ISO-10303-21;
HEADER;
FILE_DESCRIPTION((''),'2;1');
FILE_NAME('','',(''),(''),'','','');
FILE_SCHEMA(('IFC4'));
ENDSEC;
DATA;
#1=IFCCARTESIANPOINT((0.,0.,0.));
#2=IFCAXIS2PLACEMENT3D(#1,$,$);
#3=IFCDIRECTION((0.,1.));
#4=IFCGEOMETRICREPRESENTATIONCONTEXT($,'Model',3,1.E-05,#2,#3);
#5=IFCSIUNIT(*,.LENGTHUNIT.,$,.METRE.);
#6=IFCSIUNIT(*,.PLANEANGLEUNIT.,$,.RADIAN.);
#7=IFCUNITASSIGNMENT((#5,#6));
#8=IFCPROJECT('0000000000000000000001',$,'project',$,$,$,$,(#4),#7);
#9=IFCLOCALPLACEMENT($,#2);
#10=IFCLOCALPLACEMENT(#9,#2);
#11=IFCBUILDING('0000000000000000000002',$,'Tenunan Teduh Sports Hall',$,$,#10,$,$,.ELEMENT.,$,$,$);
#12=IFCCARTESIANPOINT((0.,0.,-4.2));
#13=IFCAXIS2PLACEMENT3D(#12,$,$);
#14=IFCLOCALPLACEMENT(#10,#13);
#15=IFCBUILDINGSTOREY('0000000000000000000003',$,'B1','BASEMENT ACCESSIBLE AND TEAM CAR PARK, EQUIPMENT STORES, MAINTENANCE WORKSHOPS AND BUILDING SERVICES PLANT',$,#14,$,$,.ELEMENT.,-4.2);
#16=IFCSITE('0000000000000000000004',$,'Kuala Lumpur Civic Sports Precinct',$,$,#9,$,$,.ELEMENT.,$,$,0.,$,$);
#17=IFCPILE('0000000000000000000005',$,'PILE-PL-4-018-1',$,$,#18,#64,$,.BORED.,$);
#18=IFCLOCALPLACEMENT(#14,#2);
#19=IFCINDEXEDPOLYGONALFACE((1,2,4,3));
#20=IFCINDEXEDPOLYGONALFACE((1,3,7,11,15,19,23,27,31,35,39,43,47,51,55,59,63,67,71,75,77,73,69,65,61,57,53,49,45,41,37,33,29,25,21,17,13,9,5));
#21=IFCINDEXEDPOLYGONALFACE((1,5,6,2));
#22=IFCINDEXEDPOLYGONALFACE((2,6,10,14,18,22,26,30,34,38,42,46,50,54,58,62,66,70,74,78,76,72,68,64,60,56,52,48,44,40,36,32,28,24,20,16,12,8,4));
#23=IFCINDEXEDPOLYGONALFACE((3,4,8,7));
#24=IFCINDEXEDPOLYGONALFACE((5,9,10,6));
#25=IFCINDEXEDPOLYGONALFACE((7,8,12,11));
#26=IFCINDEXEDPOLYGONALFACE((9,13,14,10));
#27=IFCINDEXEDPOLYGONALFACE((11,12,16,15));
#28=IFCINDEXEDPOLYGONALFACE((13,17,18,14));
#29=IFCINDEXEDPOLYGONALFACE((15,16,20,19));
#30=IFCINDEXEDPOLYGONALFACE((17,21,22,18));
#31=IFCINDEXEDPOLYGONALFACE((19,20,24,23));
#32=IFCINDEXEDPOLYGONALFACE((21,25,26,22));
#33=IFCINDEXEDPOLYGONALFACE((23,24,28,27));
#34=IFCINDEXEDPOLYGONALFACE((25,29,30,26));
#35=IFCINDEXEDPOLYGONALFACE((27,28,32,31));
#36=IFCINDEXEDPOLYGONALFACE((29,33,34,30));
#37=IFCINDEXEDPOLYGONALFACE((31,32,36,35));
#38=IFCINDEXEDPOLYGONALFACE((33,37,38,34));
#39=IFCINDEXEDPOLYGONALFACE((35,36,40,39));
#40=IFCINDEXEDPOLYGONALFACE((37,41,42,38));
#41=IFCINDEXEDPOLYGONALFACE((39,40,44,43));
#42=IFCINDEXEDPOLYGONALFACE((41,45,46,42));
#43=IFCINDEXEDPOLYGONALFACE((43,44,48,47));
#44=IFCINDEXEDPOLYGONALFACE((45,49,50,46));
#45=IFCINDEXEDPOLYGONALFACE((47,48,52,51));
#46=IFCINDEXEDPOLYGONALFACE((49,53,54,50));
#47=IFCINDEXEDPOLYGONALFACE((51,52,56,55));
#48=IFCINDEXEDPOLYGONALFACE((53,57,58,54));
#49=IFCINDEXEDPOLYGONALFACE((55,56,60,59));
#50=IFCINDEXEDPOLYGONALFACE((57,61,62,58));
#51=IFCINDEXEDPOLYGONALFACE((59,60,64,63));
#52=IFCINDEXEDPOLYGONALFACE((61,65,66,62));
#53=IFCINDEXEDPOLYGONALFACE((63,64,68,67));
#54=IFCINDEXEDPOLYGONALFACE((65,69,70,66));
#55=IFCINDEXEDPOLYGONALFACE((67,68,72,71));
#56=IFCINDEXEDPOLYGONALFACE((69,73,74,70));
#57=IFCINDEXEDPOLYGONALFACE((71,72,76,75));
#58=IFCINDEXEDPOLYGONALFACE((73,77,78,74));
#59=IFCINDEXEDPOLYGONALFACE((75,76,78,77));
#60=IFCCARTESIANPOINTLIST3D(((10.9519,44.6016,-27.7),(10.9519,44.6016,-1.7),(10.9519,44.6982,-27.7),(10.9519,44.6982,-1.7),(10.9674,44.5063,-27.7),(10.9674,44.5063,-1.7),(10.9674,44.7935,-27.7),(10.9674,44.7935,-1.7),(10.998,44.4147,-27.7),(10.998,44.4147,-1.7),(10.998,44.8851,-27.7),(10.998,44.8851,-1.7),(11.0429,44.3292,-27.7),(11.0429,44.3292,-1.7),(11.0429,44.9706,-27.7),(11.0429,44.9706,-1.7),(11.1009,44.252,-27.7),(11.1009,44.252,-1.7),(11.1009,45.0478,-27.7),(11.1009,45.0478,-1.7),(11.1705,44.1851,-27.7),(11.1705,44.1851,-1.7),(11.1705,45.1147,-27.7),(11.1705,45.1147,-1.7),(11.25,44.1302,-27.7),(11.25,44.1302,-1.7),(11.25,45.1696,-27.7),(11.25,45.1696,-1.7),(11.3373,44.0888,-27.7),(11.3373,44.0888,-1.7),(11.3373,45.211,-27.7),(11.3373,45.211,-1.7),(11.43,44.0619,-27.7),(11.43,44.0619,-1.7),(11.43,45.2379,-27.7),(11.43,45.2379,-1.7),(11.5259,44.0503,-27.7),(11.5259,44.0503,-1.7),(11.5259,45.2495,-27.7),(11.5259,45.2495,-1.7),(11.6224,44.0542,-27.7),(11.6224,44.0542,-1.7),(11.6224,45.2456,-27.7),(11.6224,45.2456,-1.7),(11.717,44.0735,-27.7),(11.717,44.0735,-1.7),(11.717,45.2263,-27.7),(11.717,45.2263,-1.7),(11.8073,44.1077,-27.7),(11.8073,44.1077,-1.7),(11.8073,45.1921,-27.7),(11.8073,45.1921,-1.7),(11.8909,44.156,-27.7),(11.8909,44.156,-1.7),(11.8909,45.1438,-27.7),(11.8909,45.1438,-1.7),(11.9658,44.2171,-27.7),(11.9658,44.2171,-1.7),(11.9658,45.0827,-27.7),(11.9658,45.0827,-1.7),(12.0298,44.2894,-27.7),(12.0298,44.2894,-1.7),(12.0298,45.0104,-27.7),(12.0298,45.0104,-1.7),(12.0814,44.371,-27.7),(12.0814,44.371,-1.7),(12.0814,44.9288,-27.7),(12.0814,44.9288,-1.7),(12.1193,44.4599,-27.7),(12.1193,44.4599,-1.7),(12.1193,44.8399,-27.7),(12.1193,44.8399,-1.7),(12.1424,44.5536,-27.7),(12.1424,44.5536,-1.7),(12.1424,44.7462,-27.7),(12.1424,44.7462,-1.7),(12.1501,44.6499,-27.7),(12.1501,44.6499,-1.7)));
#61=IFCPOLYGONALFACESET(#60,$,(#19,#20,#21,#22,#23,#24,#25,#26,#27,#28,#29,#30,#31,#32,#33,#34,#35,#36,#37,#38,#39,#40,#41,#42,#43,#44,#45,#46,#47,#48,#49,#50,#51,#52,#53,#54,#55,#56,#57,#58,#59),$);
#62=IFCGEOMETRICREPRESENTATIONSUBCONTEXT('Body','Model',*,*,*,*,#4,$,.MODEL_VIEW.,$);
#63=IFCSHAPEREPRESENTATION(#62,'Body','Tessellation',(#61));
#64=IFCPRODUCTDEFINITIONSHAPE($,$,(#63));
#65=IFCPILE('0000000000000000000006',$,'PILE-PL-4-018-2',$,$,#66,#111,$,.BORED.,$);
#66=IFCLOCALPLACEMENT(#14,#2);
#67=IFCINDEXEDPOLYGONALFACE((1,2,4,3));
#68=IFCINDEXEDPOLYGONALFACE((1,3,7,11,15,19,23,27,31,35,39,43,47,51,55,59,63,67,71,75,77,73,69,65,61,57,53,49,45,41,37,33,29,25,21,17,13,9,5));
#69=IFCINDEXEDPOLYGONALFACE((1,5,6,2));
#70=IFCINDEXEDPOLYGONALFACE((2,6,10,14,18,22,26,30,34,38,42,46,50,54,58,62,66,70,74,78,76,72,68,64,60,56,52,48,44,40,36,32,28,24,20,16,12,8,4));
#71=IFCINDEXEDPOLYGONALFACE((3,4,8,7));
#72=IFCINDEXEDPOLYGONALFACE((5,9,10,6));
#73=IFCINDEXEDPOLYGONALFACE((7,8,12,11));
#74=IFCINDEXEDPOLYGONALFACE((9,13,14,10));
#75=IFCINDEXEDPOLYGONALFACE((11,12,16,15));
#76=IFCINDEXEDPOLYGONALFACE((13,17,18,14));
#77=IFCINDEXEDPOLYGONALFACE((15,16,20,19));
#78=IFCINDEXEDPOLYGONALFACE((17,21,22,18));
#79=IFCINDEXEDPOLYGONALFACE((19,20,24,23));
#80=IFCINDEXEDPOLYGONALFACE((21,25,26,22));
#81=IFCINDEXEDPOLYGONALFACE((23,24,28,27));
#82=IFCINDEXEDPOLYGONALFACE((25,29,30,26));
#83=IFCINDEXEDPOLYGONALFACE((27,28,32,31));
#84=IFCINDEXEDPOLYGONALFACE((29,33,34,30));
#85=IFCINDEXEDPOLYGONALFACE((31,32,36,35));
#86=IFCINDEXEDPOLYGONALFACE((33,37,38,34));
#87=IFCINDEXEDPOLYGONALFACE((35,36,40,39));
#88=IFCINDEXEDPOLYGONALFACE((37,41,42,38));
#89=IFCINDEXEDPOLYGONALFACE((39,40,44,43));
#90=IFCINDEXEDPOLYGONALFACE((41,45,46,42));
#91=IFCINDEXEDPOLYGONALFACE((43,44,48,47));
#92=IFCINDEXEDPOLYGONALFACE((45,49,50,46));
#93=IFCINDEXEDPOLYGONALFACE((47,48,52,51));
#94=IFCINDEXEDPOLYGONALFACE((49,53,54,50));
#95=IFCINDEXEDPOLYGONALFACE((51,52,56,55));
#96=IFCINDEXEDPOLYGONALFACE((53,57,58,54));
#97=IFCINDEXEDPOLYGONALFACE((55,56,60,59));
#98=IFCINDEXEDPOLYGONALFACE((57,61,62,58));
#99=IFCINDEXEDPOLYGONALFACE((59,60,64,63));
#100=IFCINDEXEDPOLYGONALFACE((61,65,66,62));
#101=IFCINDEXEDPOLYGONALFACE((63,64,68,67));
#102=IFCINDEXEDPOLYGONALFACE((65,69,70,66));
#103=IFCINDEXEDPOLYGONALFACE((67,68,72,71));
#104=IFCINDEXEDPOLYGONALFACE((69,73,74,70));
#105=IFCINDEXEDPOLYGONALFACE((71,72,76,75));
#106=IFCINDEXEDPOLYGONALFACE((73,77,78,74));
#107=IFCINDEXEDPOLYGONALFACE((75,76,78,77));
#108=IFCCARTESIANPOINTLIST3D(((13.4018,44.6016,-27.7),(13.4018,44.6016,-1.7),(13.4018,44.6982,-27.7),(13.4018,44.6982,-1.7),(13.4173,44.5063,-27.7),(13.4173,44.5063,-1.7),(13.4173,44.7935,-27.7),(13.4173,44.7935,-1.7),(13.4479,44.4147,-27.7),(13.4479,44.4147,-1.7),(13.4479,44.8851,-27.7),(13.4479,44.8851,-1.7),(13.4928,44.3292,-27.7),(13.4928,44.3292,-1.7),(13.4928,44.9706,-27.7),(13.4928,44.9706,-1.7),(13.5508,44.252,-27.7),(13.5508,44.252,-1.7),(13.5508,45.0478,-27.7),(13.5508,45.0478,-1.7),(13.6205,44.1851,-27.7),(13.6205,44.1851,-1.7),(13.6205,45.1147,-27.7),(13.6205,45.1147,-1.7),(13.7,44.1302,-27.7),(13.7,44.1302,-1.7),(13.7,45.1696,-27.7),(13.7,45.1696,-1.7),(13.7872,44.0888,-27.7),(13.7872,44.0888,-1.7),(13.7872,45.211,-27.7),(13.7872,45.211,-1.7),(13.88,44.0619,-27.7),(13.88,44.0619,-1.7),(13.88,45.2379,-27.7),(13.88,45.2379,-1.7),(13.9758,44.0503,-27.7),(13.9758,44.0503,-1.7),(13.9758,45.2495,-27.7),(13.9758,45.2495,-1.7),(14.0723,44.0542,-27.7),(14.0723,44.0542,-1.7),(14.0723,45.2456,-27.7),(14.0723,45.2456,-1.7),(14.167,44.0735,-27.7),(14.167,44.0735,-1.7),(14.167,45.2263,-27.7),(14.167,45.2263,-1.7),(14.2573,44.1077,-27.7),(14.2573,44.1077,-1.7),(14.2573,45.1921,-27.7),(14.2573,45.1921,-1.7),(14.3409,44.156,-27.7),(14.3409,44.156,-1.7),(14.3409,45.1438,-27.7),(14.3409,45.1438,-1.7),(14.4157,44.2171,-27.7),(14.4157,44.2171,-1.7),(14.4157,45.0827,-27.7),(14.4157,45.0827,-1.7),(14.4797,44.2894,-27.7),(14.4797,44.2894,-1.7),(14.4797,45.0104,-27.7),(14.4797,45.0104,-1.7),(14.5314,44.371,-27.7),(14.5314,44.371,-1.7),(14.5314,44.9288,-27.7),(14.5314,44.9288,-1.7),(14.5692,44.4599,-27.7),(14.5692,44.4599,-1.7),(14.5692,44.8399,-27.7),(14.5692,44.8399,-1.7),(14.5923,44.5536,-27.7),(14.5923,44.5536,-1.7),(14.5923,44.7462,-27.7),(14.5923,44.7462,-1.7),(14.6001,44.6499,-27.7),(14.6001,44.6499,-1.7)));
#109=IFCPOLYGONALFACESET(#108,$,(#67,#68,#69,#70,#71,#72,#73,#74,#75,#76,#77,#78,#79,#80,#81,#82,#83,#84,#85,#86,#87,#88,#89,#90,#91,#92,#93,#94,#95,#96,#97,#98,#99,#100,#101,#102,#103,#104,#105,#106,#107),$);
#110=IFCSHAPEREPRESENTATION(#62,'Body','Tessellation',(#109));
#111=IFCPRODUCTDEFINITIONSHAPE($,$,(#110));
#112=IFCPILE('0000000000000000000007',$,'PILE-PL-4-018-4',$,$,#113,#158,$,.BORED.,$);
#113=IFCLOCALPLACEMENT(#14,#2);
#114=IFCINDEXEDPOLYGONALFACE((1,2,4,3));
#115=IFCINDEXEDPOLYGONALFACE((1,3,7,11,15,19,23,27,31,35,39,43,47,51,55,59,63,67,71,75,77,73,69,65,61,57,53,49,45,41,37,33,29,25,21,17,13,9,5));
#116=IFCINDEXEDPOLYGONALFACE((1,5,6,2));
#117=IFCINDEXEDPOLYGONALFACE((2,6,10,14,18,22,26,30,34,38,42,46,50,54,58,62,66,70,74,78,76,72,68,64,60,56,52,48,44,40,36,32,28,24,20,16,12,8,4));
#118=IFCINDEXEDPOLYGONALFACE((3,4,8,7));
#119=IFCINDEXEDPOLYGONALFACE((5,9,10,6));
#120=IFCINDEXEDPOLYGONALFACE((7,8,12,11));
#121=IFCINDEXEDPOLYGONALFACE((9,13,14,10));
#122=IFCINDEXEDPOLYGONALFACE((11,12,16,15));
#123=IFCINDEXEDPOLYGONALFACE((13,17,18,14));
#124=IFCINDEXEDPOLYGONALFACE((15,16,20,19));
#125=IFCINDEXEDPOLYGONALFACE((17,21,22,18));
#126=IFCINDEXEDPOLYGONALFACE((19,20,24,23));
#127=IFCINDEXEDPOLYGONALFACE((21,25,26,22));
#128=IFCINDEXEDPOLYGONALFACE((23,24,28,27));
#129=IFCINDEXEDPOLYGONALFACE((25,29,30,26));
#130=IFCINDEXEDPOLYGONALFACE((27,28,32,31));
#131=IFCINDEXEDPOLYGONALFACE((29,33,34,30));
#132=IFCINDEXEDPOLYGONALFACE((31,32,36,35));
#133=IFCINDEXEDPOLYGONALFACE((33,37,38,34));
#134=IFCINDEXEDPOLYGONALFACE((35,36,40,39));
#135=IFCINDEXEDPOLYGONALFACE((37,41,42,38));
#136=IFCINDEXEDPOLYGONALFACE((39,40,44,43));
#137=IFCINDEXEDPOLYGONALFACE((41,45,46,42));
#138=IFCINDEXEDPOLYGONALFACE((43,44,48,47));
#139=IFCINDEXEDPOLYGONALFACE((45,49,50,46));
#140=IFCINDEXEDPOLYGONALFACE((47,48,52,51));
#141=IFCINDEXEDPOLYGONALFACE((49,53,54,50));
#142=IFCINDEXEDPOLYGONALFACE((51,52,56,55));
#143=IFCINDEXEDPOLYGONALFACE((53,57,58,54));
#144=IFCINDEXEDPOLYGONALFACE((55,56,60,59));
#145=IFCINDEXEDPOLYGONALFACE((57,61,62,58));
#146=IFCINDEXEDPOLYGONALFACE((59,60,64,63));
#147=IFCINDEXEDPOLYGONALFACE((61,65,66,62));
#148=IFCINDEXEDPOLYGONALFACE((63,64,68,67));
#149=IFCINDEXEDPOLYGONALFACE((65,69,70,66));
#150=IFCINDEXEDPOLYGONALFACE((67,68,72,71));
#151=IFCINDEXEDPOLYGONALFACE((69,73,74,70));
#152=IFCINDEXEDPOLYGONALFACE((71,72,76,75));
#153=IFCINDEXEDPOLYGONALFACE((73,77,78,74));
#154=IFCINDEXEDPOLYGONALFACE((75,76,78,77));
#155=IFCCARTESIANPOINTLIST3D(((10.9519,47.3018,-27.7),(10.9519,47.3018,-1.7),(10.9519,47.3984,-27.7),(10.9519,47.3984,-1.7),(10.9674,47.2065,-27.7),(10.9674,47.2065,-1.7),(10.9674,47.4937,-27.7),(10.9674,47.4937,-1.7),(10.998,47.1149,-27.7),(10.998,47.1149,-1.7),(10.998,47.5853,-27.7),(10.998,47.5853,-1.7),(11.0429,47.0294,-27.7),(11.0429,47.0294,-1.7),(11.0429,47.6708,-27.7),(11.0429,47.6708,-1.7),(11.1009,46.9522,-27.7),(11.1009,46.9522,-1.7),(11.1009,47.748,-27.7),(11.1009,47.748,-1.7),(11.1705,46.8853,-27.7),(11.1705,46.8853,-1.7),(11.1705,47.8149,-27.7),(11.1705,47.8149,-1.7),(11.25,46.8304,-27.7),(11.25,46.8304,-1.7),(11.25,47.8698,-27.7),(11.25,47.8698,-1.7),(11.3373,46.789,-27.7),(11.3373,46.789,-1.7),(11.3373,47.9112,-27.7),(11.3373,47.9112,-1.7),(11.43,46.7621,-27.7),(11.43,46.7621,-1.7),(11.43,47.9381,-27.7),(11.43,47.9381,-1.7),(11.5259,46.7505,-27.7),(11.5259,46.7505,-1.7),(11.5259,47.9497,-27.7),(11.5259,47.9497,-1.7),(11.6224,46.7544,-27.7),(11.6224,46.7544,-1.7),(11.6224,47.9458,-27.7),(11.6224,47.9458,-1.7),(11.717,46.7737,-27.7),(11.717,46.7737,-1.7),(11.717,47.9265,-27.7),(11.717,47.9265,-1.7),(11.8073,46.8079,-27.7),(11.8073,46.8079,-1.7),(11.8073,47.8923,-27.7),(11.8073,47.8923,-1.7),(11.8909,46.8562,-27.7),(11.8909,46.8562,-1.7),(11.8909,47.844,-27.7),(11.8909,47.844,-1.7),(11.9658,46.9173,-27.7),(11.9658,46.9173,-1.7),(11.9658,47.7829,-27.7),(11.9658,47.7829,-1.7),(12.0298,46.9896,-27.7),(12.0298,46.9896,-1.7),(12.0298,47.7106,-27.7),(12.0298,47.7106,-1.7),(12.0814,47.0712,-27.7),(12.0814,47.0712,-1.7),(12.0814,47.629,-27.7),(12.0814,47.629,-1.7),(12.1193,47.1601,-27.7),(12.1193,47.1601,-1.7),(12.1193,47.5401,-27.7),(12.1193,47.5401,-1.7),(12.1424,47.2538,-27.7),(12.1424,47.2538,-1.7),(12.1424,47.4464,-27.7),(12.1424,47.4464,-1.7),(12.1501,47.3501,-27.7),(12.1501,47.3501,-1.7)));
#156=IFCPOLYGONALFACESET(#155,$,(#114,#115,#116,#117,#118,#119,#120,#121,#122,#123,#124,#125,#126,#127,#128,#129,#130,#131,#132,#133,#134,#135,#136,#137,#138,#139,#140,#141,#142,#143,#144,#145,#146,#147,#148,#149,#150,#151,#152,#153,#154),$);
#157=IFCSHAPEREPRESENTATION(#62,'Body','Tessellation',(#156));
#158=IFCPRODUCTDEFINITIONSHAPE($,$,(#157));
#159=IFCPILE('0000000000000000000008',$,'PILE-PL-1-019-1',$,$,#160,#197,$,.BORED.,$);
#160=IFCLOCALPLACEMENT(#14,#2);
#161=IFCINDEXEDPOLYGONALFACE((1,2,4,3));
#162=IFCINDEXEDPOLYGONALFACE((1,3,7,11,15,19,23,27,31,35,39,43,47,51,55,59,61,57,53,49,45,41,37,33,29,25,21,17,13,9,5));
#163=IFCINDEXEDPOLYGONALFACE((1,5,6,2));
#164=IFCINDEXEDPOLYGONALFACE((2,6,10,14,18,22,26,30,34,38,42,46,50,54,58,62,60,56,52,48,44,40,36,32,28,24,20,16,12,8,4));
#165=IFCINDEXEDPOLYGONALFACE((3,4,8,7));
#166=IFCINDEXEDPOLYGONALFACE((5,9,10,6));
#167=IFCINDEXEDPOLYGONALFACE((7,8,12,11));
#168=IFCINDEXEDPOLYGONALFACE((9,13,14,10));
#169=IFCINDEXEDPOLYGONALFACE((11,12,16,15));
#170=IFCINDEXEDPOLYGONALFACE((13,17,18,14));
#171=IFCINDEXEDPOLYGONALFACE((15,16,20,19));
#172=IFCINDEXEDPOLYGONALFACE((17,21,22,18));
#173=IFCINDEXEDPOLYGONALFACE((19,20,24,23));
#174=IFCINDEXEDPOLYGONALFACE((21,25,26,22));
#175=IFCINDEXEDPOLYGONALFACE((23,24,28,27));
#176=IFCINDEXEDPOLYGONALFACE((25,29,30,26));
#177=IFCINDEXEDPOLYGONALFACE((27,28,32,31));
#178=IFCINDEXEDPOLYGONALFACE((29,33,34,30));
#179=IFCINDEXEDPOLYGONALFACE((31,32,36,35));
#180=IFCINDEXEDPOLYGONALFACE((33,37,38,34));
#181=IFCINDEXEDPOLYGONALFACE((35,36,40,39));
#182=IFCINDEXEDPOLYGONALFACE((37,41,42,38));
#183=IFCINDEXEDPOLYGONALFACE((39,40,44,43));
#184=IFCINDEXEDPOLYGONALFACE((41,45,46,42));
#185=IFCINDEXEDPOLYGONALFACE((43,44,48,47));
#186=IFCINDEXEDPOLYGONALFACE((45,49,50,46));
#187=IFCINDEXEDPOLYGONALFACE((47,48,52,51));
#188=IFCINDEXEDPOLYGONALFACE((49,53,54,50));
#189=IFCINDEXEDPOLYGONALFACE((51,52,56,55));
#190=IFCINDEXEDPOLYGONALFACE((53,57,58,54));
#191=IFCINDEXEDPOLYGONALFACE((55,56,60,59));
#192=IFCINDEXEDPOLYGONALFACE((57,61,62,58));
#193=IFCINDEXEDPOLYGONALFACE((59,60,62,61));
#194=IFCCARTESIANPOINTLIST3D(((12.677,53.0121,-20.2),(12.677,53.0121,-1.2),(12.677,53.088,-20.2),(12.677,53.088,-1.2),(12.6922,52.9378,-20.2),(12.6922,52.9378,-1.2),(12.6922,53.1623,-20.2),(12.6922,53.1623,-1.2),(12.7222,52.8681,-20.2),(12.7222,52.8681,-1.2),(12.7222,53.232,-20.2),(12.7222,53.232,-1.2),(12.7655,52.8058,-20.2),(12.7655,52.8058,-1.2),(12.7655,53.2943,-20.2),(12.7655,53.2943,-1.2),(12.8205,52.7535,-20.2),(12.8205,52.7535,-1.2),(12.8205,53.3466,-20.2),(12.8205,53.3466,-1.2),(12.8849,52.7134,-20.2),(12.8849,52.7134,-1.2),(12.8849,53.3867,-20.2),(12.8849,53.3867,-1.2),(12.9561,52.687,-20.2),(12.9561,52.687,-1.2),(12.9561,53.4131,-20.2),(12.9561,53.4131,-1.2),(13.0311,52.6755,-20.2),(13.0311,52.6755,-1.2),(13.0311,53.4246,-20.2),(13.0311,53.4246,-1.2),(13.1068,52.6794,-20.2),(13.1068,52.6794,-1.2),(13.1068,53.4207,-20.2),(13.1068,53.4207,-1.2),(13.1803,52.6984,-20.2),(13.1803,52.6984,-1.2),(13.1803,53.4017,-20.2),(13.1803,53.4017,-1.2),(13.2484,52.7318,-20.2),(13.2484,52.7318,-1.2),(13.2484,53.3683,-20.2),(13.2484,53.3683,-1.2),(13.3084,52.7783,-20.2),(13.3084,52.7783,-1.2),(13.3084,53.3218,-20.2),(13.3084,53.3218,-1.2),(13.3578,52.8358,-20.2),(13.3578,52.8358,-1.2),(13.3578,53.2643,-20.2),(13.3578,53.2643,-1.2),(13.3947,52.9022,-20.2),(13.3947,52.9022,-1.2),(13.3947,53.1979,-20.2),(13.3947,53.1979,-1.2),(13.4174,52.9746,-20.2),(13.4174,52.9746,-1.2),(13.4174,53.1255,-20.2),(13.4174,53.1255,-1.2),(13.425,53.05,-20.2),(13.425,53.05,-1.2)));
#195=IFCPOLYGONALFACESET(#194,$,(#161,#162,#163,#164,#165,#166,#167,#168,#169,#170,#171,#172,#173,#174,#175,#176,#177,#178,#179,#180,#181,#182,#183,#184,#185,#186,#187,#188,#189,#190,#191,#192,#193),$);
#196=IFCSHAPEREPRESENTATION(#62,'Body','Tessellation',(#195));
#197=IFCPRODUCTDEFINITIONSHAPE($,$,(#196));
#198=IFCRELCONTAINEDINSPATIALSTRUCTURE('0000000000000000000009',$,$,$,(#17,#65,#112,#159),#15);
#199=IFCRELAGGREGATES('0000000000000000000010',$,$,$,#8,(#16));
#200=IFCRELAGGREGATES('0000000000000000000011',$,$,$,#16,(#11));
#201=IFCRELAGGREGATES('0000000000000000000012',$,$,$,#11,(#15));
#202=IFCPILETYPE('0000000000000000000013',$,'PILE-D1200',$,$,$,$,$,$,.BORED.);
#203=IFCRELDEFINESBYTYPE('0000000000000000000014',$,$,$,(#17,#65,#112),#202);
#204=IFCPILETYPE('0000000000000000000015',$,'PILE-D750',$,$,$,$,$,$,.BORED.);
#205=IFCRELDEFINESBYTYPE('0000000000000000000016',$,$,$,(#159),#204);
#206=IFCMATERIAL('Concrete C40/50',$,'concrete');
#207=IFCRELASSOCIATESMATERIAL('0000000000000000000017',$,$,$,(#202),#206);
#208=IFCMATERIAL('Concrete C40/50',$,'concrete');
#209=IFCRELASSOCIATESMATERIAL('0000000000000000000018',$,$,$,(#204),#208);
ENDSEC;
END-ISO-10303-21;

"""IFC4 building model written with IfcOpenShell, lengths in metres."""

from ifc_helpers import new_model, si_unit, direction, frame, origin, origin_2d, place, context, subcontext, project, spatial, circle, extrude, material, material_profile, profile_set, type_object, element, save


model = new_model("IFC4")

# Units and contexts
model_context = context("Model", 3, precision=1e-05, world=origin(), true_north=direction((0.0, 1.0)))
body_context = subcontext(model_context, "Body", "Model", "MODEL_VIEW")
ifc_project = project(units=[si_unit("LENGTHUNIT", "METRE"), si_unit("PLANEANGLEUNIT", "RADIAN")], contexts=[model_context])

# Site, building, storey
site_placement = place(None, origin())
site = spatial("IfcSite", under=ifc_project, at=site_placement, Name="Kuala Lumpur Civic Sports Precinct", CompositionType="ELEMENT", RefElevation=0.0)
building_placement = place(site_placement, origin())
building = spatial("IfcBuilding", under=site, at=building_placement, Name="Tenunan Teduh Sports Hall", CompositionType="ELEMENT")
storey_placement = place(building_placement, frame((0.0, 0.0, -4.2)))
storey = spatial("IfcBuildingStorey", under=building, at=storey_placement, Name="B1", Description="BASEMENT ACCESSIBLE AND TEAM CAR PARK, EQUIPMENT STORES, MAINTENANCE WORKSHOPS AND BUILDING SERVICES PLANT", CompositionType="ELEMENT", Elevation=-4.2)

# Piles
ifc_material_1 = material(Name="Concrete C40/50", Category="concrete")
ifc_material_profile_1 = material_profile(ifc_material_1, circle(Radius=0.6001, at=origin_2d()), Name="PILE D1200")
ifc_profile_set_1 = profile_set([ifc_material_profile_1], Name="Concrete C40/50")
pile_type_1 = type_object("IfcPileType", Name="PILE-D1200", PredefinedType="BORED", material=ifc_profile_set_1)
for number, where, z_axis, x_axis, name in (
    (1, (11.55, 44.6499, -1.7), (0.0, 0.0, -1.0), (1.0, 0.0, 0.0), "PILE-PL-4-018-1"),
    (2, (14.0, 44.6499, -1.7), (0.0, 0.0, -1.0), (1.0, 0.0, 0.0), "PILE-PL-4-018-2"),
    (3, (11.55, 47.3501, -1.7), (0.0, 0.0, -1.0), (1.0, 0.0, 0.0), "PILE-PL-4-018-4"),
):
    element("IfcPile", number, at=place(storey_placement, frame(where, z_axis=z_axis, x_axis=x_axis)), inside=storey, type_object=pile_type_1, Name=name, PredefinedType="BORED", context=body_context, shape_type="SweptSolid", body=[
        extrude(circle(Radius=0.6001, at=origin_2d()), origin(), (0.0, 0.0, 1.0), 26.0),
    ])
ifc_material_2 = material(Name="Concrete C40/50", Category="concrete")
ifc_material_profile_2 = material_profile(ifc_material_2, circle(Radius=0.375, at=origin_2d()), Name="PILE D750")
ifc_profile_set_2 = profile_set([ifc_material_profile_2], Name="Concrete C40/50")
pile_type_2 = type_object("IfcPileType", Name="PILE-D750", PredefinedType="BORED", material=ifc_profile_set_2)
pile_1_placement = place(storey_placement, frame((13.05, 53.05, -1.2), z_axis=(0.0, 0.0, -1.0), x_axis=(1.0, 0.0, 0.0)))
element("IfcPile", 4, at=pile_1_placement, inside=storey, type_object=pile_type_2, Name="PILE-PL-1-019-1", PredefinedType="BORED", context=body_context, shape_type="SweptSolid", body=[
    extrude(circle(Radius=0.375, at=origin_2d()), origin(), (0.0, 0.0, 1.0), 19.0),
])

save(model, "model.ifc")
